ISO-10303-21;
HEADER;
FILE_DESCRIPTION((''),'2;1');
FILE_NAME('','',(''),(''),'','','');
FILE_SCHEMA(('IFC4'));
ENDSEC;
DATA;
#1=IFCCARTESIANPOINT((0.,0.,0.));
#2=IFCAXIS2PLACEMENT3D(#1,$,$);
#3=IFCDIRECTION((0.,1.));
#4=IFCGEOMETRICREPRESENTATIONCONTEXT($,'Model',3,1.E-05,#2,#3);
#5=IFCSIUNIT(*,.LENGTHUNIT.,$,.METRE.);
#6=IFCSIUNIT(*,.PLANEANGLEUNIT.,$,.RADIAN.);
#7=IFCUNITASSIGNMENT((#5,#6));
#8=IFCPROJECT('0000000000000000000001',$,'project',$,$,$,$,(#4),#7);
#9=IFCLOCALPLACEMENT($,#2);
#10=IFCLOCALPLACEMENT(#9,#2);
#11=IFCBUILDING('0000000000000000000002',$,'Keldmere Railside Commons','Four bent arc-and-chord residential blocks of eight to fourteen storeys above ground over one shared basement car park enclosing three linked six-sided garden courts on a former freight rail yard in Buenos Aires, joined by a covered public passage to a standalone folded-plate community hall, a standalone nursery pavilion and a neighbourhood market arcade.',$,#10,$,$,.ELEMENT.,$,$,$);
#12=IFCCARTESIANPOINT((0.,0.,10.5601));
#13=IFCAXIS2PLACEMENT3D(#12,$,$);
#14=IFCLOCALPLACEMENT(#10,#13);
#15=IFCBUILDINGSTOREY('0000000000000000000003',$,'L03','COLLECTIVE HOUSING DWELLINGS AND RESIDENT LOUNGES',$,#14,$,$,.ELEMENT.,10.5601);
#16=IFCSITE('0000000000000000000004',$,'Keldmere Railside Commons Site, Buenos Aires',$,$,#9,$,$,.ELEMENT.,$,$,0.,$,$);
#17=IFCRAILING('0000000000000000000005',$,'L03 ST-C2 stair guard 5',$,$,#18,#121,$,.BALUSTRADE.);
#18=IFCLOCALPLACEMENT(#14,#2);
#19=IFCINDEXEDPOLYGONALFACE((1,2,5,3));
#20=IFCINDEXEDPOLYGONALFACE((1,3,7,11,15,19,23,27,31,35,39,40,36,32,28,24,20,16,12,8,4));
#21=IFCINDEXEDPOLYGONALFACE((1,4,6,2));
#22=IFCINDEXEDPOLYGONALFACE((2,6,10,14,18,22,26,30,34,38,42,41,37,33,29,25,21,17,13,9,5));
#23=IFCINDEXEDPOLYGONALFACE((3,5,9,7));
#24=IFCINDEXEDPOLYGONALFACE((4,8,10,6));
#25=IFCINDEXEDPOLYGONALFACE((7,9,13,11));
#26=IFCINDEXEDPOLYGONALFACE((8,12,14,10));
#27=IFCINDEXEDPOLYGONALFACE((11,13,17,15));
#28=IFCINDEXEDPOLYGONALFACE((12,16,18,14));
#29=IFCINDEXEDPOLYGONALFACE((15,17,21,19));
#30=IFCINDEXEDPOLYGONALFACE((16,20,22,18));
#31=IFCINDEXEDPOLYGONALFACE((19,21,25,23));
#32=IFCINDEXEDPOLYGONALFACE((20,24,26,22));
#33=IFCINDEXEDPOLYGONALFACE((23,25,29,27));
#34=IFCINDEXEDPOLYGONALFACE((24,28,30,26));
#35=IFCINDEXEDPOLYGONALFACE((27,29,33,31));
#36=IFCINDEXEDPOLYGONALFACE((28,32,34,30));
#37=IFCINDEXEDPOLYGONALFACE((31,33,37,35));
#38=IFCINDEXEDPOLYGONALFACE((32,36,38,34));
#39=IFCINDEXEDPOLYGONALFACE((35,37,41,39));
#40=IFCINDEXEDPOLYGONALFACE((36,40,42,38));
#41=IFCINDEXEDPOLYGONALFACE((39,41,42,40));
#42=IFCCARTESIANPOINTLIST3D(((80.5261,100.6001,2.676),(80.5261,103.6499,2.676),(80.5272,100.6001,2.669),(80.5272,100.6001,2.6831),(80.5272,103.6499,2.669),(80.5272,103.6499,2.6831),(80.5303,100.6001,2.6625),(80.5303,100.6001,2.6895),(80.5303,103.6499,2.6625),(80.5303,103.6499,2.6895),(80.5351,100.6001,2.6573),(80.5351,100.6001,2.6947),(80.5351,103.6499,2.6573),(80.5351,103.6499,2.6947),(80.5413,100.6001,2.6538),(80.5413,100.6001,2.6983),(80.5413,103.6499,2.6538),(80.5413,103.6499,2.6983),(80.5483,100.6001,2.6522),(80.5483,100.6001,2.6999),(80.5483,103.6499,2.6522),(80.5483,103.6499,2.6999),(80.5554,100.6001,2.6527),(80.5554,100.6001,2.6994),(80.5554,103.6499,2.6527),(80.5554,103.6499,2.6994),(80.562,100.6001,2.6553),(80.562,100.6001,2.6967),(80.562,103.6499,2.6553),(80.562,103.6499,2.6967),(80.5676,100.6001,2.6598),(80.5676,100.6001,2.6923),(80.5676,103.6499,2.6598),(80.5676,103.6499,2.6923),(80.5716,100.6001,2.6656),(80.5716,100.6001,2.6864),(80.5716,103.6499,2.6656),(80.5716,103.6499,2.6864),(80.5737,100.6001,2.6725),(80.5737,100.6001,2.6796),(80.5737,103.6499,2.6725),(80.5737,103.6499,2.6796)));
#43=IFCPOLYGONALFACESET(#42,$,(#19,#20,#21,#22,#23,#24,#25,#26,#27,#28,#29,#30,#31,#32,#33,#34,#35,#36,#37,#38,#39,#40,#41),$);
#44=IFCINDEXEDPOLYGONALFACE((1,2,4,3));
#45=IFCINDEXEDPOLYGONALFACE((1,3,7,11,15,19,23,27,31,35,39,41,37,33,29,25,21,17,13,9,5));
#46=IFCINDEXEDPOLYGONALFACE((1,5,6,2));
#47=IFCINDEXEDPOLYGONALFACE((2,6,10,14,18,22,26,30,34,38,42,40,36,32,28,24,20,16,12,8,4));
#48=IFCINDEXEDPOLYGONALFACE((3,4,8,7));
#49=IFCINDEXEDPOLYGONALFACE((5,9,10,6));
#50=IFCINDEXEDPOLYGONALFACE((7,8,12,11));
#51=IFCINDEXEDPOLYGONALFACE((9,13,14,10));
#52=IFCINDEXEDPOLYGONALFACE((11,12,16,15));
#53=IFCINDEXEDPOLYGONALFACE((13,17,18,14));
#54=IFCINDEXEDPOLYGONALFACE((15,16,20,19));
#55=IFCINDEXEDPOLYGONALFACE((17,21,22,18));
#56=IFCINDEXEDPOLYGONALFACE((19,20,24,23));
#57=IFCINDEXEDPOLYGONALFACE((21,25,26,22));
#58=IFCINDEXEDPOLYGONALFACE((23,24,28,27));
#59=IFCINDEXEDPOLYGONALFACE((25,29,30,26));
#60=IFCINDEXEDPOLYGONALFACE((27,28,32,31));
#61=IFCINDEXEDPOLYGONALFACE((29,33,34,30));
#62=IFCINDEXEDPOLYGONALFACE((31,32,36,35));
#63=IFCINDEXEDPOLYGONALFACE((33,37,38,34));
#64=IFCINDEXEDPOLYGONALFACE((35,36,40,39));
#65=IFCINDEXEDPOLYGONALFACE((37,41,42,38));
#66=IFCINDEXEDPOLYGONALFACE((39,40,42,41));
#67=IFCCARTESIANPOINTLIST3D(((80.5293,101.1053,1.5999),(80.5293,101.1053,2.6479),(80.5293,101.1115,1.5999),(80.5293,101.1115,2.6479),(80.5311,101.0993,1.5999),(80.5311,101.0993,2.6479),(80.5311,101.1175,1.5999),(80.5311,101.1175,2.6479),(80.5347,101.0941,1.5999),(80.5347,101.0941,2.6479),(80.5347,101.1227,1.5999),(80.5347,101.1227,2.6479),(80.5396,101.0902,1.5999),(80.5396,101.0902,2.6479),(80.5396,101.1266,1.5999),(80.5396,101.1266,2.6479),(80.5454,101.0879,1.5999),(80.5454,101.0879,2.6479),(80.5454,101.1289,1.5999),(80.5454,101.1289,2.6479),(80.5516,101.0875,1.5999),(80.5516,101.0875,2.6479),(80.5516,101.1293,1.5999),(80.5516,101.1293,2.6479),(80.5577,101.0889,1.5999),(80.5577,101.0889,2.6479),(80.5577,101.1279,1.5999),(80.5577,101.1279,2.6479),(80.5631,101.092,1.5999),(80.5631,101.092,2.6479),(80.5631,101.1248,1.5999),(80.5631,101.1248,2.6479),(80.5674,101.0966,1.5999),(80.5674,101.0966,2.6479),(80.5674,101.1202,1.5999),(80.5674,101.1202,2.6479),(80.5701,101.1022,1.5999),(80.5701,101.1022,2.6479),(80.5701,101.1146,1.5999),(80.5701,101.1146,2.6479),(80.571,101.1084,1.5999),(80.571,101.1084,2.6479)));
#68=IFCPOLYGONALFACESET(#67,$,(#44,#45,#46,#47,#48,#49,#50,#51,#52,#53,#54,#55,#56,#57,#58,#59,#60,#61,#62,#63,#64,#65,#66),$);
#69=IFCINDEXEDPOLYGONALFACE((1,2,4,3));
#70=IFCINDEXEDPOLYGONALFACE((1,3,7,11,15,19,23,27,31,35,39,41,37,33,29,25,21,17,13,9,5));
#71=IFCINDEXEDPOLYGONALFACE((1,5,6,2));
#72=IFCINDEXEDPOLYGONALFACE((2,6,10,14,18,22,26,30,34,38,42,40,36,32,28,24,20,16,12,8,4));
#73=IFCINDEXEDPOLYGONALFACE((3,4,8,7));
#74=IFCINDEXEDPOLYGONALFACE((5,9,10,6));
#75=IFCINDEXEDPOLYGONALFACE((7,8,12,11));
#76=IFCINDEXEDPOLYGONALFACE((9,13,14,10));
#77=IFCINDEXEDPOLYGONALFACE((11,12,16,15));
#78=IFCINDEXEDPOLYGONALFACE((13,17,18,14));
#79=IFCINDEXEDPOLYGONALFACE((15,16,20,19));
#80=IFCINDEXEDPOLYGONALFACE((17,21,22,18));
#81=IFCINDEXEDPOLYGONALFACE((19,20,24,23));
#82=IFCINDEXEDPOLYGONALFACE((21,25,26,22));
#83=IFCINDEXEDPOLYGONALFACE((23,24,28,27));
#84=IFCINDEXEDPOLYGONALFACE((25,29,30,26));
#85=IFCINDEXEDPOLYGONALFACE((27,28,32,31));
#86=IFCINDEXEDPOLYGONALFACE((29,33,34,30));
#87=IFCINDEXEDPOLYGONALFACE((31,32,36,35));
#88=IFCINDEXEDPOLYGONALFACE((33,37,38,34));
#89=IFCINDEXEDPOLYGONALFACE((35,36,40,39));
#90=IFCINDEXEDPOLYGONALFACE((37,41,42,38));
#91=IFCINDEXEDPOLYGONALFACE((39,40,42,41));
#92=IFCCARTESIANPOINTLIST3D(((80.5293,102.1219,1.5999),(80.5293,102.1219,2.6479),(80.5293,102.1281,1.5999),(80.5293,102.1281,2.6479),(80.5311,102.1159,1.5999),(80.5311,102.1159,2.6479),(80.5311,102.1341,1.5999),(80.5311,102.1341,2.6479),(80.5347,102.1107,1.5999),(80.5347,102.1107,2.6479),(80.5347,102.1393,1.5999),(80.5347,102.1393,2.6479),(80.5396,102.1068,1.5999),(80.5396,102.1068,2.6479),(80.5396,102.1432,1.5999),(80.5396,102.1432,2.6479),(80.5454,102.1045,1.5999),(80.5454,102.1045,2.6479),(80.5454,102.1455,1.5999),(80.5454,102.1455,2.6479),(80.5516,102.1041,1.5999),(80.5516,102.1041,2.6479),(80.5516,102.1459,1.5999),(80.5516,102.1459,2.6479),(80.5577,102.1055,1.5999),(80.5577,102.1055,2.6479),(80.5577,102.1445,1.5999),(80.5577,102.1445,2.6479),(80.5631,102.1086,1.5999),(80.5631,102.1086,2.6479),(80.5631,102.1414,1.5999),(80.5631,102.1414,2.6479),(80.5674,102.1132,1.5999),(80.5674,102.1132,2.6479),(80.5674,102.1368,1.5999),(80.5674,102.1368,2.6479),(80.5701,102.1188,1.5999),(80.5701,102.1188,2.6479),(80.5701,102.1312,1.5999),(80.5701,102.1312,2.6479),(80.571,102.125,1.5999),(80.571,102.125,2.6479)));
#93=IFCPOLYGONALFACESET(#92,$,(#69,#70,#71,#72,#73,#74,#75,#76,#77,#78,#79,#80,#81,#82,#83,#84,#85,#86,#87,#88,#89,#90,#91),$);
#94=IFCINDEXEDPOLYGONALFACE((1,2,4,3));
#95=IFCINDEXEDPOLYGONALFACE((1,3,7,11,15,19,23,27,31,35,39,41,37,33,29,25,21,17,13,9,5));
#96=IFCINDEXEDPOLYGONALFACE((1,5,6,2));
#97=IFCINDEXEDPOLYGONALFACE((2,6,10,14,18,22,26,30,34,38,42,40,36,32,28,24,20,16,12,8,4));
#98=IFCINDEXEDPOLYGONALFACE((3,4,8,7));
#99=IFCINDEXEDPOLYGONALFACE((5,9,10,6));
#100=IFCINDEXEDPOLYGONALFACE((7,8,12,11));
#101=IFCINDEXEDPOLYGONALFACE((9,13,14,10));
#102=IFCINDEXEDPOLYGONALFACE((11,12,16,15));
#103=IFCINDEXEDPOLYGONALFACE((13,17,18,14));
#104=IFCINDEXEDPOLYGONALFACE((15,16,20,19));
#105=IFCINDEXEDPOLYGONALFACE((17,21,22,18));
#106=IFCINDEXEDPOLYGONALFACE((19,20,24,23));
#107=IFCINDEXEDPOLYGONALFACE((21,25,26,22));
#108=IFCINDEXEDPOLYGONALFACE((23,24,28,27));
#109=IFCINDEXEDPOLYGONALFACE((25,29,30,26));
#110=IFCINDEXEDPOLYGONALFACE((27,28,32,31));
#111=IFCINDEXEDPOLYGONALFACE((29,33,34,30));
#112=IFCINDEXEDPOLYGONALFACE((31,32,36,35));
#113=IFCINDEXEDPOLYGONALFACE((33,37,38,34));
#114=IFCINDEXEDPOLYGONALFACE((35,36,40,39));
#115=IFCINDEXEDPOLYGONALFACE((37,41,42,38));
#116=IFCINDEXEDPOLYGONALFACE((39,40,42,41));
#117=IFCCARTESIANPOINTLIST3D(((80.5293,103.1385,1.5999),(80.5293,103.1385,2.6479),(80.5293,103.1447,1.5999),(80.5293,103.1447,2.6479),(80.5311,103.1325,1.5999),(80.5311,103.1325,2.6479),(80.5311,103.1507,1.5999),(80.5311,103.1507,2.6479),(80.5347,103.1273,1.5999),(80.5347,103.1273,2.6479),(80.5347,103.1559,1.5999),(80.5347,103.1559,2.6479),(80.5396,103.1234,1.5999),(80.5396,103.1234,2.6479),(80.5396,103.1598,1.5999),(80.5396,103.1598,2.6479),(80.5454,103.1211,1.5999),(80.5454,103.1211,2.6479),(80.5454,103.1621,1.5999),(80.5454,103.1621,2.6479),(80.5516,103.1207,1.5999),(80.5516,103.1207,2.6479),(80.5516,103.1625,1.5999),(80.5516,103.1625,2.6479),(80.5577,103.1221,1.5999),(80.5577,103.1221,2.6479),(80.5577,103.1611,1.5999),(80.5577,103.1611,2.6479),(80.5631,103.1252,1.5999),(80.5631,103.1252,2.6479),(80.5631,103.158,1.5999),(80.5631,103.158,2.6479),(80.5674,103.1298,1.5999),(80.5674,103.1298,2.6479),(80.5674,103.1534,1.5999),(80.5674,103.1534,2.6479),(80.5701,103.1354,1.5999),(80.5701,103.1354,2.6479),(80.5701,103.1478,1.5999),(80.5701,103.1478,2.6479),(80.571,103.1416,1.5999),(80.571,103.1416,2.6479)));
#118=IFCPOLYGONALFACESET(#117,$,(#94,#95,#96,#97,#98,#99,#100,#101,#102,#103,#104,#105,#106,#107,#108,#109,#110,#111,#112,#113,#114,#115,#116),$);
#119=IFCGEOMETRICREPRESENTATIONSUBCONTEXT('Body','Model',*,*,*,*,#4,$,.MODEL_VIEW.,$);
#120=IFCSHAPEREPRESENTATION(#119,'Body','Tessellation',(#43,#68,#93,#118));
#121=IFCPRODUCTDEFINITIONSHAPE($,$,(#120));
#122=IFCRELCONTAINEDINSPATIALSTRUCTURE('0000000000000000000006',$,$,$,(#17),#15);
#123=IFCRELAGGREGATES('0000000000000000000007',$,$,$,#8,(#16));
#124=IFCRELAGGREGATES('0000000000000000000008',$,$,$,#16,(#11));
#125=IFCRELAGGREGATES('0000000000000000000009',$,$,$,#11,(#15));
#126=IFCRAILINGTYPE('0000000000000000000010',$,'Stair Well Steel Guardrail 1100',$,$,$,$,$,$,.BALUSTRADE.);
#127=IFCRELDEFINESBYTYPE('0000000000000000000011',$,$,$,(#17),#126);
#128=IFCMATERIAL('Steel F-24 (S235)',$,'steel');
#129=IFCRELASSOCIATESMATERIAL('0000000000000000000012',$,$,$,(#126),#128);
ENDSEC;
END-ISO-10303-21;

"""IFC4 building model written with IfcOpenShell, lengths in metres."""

from ifc_helpers import new_model, si_unit, direction, frame, origin, origin_2d, place, context, subcontext, project, spatial, circle, extrude, material, type_object, element, save


model = new_model("IFC4")

# Units and contexts
model_context = context("Model", 3, precision=1e-05, world=origin(), true_north=direction((0.0, 1.0)))
body_context = subcontext(model_context, "Body", "Model", "MODEL_VIEW")
ifc_project = project(units=[si_unit("LENGTHUNIT", "METRE"), si_unit("PLANEANGLEUNIT", "RADIAN")], contexts=[model_context])

# Site, building, storey
site_placement = place(None, origin())
site = spatial("IfcSite", under=ifc_project, at=site_placement, Name="Keldmere Railside Commons Site, Buenos Aires", CompositionType="ELEMENT", RefElevation=0.0)
building_placement = place(site_placement, origin())
building = spatial("IfcBuilding", under=site, at=building_placement, Name="Keldmere Railside Commons", Description="Four bent arc-and-chord residential blocks of eight to fourteen storeys above ground over one shared basement car park enclosing three linked six-sided garden courts on a former freight rail yard in Buenos Aires, joined by a covered public passage to a standalone folded-plate community hall, a standalone nursery pavilion and a neighbourhood market arcade.", CompositionType="ELEMENT")
storey_placement = place(building_placement, frame((0.0, 0.0, 10.5601)))
storey = spatial("IfcBuildingStorey", under=building, at=storey_placement, Name="L03", Description="COLLECTIVE HOUSING DWELLINGS AND RESIDENT LOUNGES", CompositionType="ELEMENT", Elevation=10.5601)

# Railing
ifc_material_1 = material(Name="Steel F-24 (S235)", Category="steel")
railing_type_1 = type_object("IfcRailingType", Name="Stair Well Steel Guardrail 1100", PredefinedType="BALUSTRADE", material=ifc_material_1)
railing_1_placement = place(storey_placement, frame((80.55, 100.6001, 1.5999)))
element("IfcRailing", 1, at=railing_1_placement, inside=storey, type_object=railing_type_1, Name="L03 ST-C2 stair guard 5", PredefinedType="BALUSTRADE", context=body_context, shape_type="SweptSolid", body=[
    extrude(circle(Radius=0.0239, at=origin_2d()), frame((0.0, 0.0, 1.0762), z_axis=(0.0, 1.0, 0.0), x_axis=(-1.0, 0.0, 0.0)), (0.0, 0.0, 1.0), 3.0498),
    extrude(circle(Radius=0.021, at=origin_2d()), frame((0.0, 0.5083, 0.0)), (0.0, 0.0, 1.0), 1.0481),
    extrude(circle(Radius=0.021, at=origin_2d()), frame((0.0, 1.5249, 0.0)), (0.0, 0.0, 1.0), 1.0481),
    extrude(circle(Radius=0.021, at=origin_2d()), frame((0.0, 2.5415, 0.0)), (0.0, 0.0, 1.0), 1.0481),
])

save(model, "model.ifc")
